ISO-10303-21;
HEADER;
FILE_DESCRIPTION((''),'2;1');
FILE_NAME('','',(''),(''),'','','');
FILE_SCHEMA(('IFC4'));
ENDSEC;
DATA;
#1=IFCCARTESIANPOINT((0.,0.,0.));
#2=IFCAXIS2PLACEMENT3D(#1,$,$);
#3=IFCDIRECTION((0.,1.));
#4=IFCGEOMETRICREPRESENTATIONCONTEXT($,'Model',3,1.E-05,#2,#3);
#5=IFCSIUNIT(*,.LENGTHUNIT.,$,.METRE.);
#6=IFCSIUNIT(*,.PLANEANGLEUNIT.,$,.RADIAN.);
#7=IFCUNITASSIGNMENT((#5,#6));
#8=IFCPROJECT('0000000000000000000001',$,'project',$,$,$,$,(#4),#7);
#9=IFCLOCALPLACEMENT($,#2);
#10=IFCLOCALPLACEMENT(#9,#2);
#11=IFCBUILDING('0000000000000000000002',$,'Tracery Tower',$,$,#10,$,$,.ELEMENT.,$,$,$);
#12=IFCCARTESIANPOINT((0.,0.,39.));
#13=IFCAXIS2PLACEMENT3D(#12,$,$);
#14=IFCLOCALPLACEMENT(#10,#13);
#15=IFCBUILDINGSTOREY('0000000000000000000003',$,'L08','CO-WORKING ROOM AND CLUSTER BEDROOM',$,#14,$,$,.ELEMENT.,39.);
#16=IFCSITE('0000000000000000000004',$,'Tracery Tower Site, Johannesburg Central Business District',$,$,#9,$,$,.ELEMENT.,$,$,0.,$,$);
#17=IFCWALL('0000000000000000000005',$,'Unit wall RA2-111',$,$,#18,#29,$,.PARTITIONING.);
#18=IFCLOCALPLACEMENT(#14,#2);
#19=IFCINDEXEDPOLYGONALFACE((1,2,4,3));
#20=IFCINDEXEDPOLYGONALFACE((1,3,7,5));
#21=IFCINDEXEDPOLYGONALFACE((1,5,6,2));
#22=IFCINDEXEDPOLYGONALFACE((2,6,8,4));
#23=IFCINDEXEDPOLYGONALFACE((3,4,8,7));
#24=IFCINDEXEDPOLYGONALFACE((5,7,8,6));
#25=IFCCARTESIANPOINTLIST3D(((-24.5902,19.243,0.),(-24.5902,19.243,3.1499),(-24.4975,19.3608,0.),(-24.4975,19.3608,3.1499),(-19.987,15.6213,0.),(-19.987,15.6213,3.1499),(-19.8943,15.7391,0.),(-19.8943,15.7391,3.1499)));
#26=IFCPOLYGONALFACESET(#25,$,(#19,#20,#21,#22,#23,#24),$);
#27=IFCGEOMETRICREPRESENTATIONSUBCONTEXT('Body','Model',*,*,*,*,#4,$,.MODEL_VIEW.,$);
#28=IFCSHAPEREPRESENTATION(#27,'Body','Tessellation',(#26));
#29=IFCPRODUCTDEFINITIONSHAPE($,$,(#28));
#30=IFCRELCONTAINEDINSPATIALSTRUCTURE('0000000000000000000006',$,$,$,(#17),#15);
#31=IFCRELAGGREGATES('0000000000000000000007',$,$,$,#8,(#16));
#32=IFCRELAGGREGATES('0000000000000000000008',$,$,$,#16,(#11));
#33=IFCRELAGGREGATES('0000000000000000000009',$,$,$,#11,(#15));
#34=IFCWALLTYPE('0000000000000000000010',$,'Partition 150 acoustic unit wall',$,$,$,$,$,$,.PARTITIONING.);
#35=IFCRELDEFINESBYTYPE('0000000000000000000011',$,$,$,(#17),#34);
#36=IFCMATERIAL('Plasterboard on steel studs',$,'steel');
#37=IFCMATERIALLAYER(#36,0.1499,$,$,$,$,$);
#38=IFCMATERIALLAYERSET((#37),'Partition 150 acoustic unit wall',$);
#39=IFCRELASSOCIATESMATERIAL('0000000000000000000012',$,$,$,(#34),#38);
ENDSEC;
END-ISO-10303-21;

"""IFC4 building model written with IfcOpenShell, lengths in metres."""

from ifc_helpers import new_model, si_unit, direction, frame, frame_2d, origin, place, context, subcontext, project, spatial, rectangle, extrude, material, layer, layer_set, type_object, element, save


model = new_model("IFC4")

# Units and contexts
model_context = context("Model", 3, precision=1e-05, world=origin(), true_north=direction((0.0, 1.0)))
body_context = subcontext(model_context, "Body", "Model", "MODEL_VIEW")
ifc_project = project(units=[si_unit("LENGTHUNIT", "METRE"), si_unit("PLANEANGLEUNIT", "RADIAN")], contexts=[model_context])

# Site, building, storey
site_placement = place(None, origin())
site = spatial("IfcSite", under=ifc_project, at=site_placement, Name="Tracery Tower Site, Johannesburg Central Business District", CompositionType="ELEMENT", RefElevation=0.0)
building_placement = place(site_placement, origin())
building = spatial("IfcBuilding", under=site, at=building_placement, Name="Tracery Tower", CompositionType="ELEMENT")
storey_placement = place(building_placement, frame((0.0, 0.0, 39.0)))
storey = spatial("IfcBuildingStorey", under=building, at=storey_placement, Name="L08", Description="CO-WORKING ROOM AND CLUSTER BEDROOM", CompositionType="ELEMENT", Elevation=39.0)

# Wall
ifc_material_1 = material(Name="Plasterboard on steel studs", Category="steel")
ifc_layer_1 = layer(ifc_material_1, 0.1499)
ifc_layer_set_1 = layer_set([ifc_layer_1], Name="Partition 150 acoustic unit wall")
wall_type_1 = type_object("IfcWallType", Name="Partition 150 acoustic unit wall", PredefinedType="PARTITIONING", material=ifc_layer_set_1)
wall_1_placement = place(storey_placement, frame((-24.5439, 19.302, 0.0), z_axis=(0.0, 0.0, 1.0), x_axis=(0.785906, -0.618346, 0.0)))
element("IfcWall", 1, at=wall_1_placement, inside=storey, type_object=wall_type_1, Name="Unit wall RA2-111", PredefinedType="PARTITIONING", context=body_context, shape_type="SweptSolid", body=[
    extrude(rectangle(XDim=5.8572, YDim=0.1499, at=frame_2d((2.9287, 0.0))), origin(), (0.0, 0.0, 1.0), 3.1499),
])

save(model, "model.ifc")
